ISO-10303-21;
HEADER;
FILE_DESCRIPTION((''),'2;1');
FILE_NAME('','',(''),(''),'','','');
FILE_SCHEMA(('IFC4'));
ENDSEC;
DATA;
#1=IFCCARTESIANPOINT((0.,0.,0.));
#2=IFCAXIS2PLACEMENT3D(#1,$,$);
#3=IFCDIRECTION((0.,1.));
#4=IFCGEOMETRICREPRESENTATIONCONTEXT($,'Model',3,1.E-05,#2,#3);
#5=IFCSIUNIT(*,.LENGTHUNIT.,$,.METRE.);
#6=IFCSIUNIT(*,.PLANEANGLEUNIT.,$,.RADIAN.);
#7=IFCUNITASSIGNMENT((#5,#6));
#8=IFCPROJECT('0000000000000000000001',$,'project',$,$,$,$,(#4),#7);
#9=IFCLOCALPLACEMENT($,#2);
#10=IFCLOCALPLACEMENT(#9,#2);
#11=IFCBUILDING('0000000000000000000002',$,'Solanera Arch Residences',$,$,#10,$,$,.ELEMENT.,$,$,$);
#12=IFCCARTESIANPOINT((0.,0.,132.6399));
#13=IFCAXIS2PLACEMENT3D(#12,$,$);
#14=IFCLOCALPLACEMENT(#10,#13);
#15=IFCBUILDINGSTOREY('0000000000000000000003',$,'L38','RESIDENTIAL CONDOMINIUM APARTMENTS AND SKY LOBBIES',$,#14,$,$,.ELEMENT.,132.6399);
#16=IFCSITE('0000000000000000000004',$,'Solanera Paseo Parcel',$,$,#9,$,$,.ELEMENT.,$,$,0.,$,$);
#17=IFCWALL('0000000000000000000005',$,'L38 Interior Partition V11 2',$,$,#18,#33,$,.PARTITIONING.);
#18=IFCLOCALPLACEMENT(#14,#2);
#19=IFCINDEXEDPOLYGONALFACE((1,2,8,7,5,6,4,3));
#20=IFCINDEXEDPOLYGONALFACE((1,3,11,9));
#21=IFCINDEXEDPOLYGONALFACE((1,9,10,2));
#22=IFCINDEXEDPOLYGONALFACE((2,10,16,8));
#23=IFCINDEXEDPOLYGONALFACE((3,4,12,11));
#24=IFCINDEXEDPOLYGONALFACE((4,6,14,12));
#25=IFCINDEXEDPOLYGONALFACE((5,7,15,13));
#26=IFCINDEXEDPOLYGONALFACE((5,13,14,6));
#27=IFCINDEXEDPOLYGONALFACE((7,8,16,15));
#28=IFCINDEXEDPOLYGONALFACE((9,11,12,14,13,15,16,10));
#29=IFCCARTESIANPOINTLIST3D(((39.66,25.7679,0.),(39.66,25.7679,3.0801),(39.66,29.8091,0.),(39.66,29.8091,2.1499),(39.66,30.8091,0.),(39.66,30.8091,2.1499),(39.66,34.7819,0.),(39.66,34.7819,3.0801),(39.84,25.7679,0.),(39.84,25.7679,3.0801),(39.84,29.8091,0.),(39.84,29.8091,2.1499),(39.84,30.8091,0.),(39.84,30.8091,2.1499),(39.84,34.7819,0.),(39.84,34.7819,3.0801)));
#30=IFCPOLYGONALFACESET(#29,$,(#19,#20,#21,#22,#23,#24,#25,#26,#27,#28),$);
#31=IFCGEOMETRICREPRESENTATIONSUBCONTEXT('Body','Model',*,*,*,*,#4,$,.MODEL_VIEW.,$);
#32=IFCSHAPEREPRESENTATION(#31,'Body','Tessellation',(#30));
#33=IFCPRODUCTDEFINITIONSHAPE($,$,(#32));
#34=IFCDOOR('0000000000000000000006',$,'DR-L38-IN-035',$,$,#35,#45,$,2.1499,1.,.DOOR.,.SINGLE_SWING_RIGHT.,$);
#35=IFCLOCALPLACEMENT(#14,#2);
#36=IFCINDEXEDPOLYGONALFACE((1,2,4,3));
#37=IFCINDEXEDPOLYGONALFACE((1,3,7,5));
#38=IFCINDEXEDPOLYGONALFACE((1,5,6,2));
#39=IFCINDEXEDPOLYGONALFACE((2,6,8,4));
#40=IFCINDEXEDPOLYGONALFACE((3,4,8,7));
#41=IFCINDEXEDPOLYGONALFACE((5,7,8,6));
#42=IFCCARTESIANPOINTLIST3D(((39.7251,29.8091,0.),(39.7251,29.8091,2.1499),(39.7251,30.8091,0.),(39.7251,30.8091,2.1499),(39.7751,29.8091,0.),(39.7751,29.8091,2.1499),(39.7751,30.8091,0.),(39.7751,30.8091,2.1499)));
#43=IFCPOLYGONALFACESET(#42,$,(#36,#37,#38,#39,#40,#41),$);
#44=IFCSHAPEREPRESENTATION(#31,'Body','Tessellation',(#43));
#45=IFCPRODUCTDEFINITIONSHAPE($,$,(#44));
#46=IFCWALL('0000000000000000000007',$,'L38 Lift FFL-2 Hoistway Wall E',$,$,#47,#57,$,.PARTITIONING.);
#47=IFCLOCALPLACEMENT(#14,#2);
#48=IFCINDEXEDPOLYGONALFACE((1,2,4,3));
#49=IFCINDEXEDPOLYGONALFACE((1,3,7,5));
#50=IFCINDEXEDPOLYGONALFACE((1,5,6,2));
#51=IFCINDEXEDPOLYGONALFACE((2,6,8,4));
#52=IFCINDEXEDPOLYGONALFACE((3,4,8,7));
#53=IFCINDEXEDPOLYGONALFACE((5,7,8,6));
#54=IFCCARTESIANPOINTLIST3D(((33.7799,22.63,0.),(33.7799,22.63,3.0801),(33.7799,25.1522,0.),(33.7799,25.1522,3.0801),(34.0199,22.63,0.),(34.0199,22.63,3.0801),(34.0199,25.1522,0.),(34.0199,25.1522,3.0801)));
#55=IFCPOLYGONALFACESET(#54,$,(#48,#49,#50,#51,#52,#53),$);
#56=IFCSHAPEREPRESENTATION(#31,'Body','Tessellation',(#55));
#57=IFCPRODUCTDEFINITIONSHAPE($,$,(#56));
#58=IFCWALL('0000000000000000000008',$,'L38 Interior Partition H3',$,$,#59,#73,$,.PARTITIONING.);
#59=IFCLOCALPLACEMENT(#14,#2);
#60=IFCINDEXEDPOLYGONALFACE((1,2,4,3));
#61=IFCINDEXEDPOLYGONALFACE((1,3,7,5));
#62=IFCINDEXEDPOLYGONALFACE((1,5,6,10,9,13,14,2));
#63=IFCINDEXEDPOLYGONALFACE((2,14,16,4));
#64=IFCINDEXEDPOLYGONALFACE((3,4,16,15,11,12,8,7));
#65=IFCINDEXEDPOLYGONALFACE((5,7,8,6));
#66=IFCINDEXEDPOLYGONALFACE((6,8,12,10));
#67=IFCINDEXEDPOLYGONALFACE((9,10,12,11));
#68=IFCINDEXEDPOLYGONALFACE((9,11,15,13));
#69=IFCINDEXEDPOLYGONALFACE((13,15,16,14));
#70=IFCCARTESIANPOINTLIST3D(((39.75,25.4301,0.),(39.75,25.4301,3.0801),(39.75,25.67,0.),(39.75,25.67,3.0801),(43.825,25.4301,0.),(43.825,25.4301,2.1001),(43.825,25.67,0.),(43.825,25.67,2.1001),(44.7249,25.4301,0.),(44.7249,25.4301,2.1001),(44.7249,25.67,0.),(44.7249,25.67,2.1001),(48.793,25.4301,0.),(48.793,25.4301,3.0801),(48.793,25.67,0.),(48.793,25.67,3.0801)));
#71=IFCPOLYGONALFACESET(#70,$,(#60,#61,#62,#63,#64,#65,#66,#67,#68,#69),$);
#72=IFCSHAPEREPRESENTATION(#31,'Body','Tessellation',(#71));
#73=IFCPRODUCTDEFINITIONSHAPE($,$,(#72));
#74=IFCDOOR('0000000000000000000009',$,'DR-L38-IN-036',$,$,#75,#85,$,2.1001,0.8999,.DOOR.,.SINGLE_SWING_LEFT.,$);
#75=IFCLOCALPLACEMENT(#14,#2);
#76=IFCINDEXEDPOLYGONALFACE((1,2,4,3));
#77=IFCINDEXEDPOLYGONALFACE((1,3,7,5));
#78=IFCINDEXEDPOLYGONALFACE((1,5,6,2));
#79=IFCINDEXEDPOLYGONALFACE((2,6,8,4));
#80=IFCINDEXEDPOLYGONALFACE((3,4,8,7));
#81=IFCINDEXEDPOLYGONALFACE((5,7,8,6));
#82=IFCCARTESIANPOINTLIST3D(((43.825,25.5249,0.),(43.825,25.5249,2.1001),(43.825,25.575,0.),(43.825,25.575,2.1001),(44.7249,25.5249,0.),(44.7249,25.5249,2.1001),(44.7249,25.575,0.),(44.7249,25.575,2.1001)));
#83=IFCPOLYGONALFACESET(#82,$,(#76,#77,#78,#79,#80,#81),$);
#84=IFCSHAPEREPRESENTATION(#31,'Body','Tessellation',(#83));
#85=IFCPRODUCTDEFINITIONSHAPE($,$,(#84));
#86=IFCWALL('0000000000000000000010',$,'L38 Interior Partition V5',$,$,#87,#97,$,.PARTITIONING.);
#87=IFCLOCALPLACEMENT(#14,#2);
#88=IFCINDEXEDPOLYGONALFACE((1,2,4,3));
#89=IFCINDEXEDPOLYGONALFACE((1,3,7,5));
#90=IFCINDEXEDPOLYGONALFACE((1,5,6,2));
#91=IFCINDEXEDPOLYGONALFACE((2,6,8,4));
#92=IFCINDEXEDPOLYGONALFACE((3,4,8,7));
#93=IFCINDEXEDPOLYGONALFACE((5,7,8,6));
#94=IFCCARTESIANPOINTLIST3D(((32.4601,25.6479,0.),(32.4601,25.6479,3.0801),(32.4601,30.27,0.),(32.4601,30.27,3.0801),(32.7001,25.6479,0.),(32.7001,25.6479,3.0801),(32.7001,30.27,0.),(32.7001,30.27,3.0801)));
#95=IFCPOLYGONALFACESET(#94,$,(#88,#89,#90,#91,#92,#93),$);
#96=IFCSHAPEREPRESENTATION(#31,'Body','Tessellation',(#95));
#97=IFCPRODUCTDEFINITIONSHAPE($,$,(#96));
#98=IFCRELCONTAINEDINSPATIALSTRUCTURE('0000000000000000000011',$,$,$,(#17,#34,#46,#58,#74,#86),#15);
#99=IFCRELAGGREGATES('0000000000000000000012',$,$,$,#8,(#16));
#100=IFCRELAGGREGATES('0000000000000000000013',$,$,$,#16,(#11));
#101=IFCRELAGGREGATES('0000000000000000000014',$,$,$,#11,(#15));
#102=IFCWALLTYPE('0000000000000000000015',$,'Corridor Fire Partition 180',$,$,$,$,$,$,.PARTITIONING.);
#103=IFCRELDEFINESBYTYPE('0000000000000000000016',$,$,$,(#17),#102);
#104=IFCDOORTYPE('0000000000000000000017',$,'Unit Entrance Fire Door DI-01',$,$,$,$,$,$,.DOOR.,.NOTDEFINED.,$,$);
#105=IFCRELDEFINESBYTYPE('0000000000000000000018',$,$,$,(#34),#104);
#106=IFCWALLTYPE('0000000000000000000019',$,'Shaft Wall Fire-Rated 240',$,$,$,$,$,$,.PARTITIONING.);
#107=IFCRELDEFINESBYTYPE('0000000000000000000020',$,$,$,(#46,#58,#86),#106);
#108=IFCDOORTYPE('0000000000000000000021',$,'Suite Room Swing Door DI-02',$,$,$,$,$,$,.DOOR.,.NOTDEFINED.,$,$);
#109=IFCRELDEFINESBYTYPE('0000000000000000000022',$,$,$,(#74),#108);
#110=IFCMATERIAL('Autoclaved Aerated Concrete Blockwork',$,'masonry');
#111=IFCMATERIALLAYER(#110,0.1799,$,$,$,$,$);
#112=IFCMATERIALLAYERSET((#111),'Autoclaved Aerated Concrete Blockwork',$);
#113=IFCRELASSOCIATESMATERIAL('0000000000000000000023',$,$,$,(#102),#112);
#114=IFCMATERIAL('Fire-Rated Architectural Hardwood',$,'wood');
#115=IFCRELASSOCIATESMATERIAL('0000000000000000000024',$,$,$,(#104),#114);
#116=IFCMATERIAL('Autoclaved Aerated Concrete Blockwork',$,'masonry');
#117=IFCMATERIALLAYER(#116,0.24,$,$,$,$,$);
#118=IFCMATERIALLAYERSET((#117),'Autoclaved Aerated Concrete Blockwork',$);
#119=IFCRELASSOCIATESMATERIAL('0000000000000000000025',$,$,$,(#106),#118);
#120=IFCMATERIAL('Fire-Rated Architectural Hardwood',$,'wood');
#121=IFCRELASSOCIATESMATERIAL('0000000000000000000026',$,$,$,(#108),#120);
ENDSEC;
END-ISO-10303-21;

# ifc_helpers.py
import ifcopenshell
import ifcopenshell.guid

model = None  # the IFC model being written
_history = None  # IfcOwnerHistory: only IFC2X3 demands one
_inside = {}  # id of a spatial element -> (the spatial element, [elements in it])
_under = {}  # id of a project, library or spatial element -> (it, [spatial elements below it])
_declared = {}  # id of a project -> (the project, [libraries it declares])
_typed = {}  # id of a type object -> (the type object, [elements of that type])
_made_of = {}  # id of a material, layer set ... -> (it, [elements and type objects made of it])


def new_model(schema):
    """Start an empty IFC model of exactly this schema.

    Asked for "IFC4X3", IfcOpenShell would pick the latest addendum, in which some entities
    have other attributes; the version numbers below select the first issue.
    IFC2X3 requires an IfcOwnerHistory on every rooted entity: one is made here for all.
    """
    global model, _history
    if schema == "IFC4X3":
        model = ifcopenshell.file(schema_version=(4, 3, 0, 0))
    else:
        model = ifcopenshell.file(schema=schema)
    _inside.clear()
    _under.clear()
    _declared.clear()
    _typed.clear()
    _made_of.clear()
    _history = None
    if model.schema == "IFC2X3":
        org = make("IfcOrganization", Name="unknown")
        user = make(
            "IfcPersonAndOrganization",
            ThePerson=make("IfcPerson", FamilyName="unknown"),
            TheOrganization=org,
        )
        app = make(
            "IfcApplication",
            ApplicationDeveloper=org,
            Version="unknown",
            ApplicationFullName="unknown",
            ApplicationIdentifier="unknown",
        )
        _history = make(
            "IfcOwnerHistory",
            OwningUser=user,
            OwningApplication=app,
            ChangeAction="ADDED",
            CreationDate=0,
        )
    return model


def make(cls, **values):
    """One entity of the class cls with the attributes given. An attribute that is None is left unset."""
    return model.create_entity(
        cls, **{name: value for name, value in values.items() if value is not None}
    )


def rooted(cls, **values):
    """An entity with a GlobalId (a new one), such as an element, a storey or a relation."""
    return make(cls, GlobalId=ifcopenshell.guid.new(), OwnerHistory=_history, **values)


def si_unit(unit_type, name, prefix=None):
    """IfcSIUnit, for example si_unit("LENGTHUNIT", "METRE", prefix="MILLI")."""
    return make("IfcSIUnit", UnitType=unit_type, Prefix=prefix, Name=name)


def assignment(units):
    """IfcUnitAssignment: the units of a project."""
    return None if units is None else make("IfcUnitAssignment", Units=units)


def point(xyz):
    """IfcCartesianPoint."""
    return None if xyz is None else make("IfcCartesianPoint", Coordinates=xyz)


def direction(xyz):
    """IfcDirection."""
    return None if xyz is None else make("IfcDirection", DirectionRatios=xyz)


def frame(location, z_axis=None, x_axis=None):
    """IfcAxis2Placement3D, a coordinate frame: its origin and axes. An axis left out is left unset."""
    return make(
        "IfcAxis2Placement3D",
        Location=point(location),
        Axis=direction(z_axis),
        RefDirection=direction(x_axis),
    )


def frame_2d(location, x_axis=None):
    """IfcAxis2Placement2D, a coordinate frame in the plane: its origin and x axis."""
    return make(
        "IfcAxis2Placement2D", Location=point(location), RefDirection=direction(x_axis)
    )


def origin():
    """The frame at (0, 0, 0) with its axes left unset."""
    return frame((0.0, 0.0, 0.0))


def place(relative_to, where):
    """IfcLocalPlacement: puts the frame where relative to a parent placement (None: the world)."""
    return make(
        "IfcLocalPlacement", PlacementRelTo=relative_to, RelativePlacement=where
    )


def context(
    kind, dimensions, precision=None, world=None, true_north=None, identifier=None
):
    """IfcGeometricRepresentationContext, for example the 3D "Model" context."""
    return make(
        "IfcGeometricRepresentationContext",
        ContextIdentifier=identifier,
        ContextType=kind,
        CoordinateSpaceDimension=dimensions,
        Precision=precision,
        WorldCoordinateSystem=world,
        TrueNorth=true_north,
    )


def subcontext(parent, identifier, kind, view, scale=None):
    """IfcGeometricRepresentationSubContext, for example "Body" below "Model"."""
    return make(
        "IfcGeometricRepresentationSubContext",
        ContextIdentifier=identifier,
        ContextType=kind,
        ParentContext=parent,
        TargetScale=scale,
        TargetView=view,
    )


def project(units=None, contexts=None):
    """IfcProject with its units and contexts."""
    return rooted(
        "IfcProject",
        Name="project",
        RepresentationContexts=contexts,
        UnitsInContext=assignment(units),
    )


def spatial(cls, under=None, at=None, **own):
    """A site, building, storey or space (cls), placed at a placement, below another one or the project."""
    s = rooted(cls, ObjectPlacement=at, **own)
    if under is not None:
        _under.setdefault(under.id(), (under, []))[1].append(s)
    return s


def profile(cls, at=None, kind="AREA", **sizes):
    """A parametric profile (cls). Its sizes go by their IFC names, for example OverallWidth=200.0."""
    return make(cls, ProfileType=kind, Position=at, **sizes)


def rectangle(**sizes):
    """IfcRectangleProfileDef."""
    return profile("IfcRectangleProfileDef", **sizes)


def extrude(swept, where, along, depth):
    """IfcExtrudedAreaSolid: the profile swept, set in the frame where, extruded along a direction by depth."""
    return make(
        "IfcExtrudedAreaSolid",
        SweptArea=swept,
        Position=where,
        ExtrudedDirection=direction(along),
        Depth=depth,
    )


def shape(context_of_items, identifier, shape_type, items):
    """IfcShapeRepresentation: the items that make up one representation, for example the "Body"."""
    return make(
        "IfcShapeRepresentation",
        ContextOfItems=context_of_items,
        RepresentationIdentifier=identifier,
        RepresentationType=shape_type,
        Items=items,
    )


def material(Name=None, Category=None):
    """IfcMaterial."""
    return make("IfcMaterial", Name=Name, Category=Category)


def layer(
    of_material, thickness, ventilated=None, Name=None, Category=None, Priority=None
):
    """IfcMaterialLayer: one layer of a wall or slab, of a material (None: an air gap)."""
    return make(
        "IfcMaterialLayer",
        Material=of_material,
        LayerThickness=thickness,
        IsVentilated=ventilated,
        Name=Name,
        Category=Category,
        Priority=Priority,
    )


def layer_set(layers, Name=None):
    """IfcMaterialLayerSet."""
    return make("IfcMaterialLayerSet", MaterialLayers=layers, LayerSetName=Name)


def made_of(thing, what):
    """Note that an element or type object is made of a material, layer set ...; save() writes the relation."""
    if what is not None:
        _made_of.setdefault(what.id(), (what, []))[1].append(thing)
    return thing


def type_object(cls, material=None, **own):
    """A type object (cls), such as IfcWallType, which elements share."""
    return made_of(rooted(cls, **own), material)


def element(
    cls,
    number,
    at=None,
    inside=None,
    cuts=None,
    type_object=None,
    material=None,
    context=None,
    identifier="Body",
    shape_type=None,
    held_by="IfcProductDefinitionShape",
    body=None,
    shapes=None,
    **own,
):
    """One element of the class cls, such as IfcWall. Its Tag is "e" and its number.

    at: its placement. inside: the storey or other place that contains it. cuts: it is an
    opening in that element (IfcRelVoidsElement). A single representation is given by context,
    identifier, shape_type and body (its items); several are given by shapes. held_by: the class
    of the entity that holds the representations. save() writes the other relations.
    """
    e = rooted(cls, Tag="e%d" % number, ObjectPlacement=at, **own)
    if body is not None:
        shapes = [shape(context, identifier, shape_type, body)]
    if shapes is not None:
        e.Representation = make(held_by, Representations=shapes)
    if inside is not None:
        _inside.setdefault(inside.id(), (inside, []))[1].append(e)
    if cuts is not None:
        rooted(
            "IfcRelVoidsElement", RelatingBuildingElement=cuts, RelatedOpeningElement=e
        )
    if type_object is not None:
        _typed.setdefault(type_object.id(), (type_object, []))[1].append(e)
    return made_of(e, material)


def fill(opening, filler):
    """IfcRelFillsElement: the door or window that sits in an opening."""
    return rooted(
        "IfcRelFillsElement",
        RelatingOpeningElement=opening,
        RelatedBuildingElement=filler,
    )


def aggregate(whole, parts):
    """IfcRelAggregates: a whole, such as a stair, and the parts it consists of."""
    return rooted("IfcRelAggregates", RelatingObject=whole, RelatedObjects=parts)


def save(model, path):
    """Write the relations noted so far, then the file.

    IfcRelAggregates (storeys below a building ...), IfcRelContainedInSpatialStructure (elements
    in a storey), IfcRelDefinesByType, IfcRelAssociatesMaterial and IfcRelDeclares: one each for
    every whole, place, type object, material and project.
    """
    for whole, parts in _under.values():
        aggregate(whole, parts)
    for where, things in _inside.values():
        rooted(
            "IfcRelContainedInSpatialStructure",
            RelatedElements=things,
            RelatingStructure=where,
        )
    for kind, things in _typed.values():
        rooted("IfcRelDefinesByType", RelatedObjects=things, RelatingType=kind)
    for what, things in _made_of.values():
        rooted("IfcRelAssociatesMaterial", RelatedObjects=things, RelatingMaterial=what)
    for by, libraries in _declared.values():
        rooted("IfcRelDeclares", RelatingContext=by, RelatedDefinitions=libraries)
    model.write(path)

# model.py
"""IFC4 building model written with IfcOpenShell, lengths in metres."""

from ifc_helpers import new_model, si_unit, direction, frame, frame_2d, origin, place, context, subcontext, project, spatial, rectangle, extrude, material, layer, layer_set, type_object, element, fill, save


model = new_model("IFC4")

# Units and contexts
model_context = context("Model", 3, precision=1e-05, world=origin(), true_north=direction((0.0, 1.0)))
body_context = subcontext(model_context, "Body", "Model", "MODEL_VIEW")
ifc_project = project(units=[si_unit("LENGTHUNIT", "METRE"), si_unit("PLANEANGLEUNIT", "RADIAN")], contexts=[model_context])

# Site, building, storey
site_placement = place(None, origin())
site = spatial("IfcSite", under=ifc_project, at=site_placement, Name="Solanera Paseo Parcel", CompositionType="ELEMENT", RefElevation=0.0)
building_placement = place(site_placement, origin())
building = spatial("IfcBuilding", under=site, at=building_placement, Name="Solanera Arch Residences", CompositionType="ELEMENT")
storey_placement = place(building_placement, frame((0.0, 0.0, 132.6399)))
storey = spatial("IfcBuildingStorey", under=building, at=storey_placement, Name="L38", Description="RESIDENTIAL CONDOMINIUM APARTMENTS AND SKY LOBBIES", CompositionType="ELEMENT", Elevation=132.6399)

# Shared definitions
ifc_material_1 = material(Name="Autoclaved Aerated Concrete Blockwork", Category="masonry")
ifc_layer_1 = layer(ifc_material_1, 0.1799)
ifc_layer_set_1 = layer_set([ifc_layer_1], Name="Autoclaved Aerated Concrete Blockwork")
wall_type_1 = type_object("IfcWallType", Name="Corridor Fire Partition 180", PredefinedType="PARTITIONING", material=ifc_layer_set_1)

# Wall, opening, door
wall_1_placement = place(storey_placement, frame((39.75, 25.7681, 0.0), z_axis=(0.0, 0.0, 1.0), x_axis=(0.0, 1.0, 0.0)))
wall_1 = element("IfcWall", 1, at=wall_1_placement, inside=storey, type_object=wall_type_1, Name="L38 Interior Partition V11 2", PredefinedType="PARTITIONING", context=body_context, shape_type="SweptSolid", body=[
    extrude(rectangle(XDim=9.0139, YDim=0.1799, at=frame_2d((4.5068, 0.0))), origin(), (0.0, 0.0, 1.0), 3.0801),
])
opening_1_placement = place(wall_1_placement, frame((4.041, 0.0, 0.0)))
opening_1 = element("IfcOpeningElement", 2, at=opening_1_placement, cuts=wall_1, PredefinedType="OPENING", context=body_context, shape_type="SweptSolid", body=[
    extrude(rectangle(XDim=1.0, YDim=2.1499, at=frame_2d((0.5, 1.075))), frame((0.0, 0.1001, 0.0), z_axis=(0.0, -1.0, 0.0), x_axis=(1.0, 0.0, 0.0)), (0.0, 0.0, 1.0), 0.1999),
])
ifc_material_2 = material(Name="Fire-Rated Architectural Hardwood", Category="wood")
door_type_1 = type_object("IfcDoorType", Name="Unit Entrance Fire Door DI-01", OperationType="NOTDEFINED", PredefinedType="DOOR", material=ifc_material_2)
door_1_placement = place(opening_1_placement, origin())
door_1 = element("IfcDoor", 3, at=door_1_placement, inside=storey, type_object=door_type_1, Name="DR-L38-IN-035", OperationType="SINGLE_SWING_RIGHT", OverallHeight=2.1499, OverallWidth=1.0, PredefinedType="DOOR", context=body_context, shape_type="SweptSolid", body=[
    extrude(rectangle(XDim=1.0, YDim=2.1499, at=frame_2d((0.5, 1.075))), frame((0.0, 0.0249, 0.0), z_axis=(0.0, -1.0, 0.0), x_axis=(1.0, 0.0, 0.0)), (0.0, 0.0, 1.0), 0.05),
])
fill(opening_1, door_1)

# Wall
ifc_material_3 = material(Name="Autoclaved Aerated Concrete Blockwork", Category="masonry")
ifc_layer_2 = layer(ifc_material_3, 0.24)
ifc_layer_set_2 = layer_set([ifc_layer_2], Name="Autoclaved Aerated Concrete Blockwork")
wall_type_2 = type_object("IfcWallType", Name="Shaft Wall Fire-Rated 240", PredefinedType="PARTITIONING", material=ifc_layer_set_2)
wall_2_placement = place(storey_placement, frame((33.8999, 22.6299, 0.0), z_axis=(0.0, 0.0, 1.0), x_axis=(0.0, 1.0, 0.0)))
element("IfcWall", 4, at=wall_2_placement, inside=storey, type_object=wall_type_2, Name="L38 Lift FFL-2 Hoistway Wall E", PredefinedType="PARTITIONING", context=body_context, shape_type="SweptSolid", body=[
    extrude(rectangle(XDim=2.5222, YDim=0.24, at=frame_2d((1.2612, 0.0))), origin(), (0.0, 0.0, 1.0), 3.0801),
])

# Wall, opening, door
wall_3_placement = place(storey_placement, frame((39.75, 25.55, 0.0), z_axis=(0.0, 0.0, 1.0), x_axis=(1.0, 0.0, 0.0)))
wall_3 = element("IfcWall", 5, at=wall_3_placement, inside=storey, type_object=wall_type_2, Name="L38 Interior Partition H3", PredefinedType="PARTITIONING", context=body_context, shape_type="SweptSolid", body=[
    extrude(rectangle(XDim=9.043, YDim=0.24, at=frame_2d((4.5215, 0.0))), origin(), (0.0, 0.0, 1.0), 3.0801),
])
opening_2_placement = place(wall_3_placement, frame((4.075, 0.0, 0.0)))
opening_2 = element("IfcOpeningElement", 6, at=opening_2_placement, cuts=wall_3, PredefinedType="OPENING", context=body_context, shape_type="SweptSolid", body=[
    extrude(rectangle(XDim=0.8999, YDim=2.1001, at=frame_2d((0.45, 1.05))), frame((0.0, 0.1299, 0.0), z_axis=(0.0, -1.0, 0.0), x_axis=(1.0, 0.0, 0.0)), (0.0, 0.0, 1.0), 0.26),
])
ifc_material_4 = material(Name="Fire-Rated Architectural Hardwood", Category="wood")
door_type_2 = type_object("IfcDoorType", Name="Suite Room Swing Door DI-02", OperationType="NOTDEFINED", PredefinedType="DOOR", material=ifc_material_4)
door_2_placement = place(opening_2_placement, origin())
door_2 = element("IfcDoor", 7, at=door_2_placement, inside=storey, type_object=door_type_2, Name="DR-L38-IN-036", OperationType="SINGLE_SWING_LEFT", OverallHeight=2.1001, OverallWidth=0.8999, PredefinedType="DOOR", context=body_context, shape_type="SweptSolid", body=[
    extrude(rectangle(XDim=0.8999, YDim=2.1001, at=frame_2d((0.45, 1.05))), frame((0.0, 0.0249, 0.0), z_axis=(0.0, -1.0, 0.0), x_axis=(1.0, 0.0, 0.0)), (0.0, 0.0, 1.0), 0.05),
])
fill(opening_2, door_2)

# Wall
wall_4_placement = place(storey_placement, frame((32.5801, 25.6479, 0.0), z_axis=(0.0, 0.0, 1.0), x_axis=(0.0, 1.0, 0.0)))
element("IfcWall", 8, at=wall_4_placement, inside=storey, type_object=wall_type_2, Name="L38 Interior Partition V5", PredefinedType="PARTITIONING", context=body_context, shape_type="SweptSolid", body=[
    extrude(rectangle(XDim=4.6221, YDim=0.24, at=frame_2d((2.311, 0.0))), origin(), (0.0, 0.0, 1.0), 3.0801),
])

save(model, "model.ifc")
